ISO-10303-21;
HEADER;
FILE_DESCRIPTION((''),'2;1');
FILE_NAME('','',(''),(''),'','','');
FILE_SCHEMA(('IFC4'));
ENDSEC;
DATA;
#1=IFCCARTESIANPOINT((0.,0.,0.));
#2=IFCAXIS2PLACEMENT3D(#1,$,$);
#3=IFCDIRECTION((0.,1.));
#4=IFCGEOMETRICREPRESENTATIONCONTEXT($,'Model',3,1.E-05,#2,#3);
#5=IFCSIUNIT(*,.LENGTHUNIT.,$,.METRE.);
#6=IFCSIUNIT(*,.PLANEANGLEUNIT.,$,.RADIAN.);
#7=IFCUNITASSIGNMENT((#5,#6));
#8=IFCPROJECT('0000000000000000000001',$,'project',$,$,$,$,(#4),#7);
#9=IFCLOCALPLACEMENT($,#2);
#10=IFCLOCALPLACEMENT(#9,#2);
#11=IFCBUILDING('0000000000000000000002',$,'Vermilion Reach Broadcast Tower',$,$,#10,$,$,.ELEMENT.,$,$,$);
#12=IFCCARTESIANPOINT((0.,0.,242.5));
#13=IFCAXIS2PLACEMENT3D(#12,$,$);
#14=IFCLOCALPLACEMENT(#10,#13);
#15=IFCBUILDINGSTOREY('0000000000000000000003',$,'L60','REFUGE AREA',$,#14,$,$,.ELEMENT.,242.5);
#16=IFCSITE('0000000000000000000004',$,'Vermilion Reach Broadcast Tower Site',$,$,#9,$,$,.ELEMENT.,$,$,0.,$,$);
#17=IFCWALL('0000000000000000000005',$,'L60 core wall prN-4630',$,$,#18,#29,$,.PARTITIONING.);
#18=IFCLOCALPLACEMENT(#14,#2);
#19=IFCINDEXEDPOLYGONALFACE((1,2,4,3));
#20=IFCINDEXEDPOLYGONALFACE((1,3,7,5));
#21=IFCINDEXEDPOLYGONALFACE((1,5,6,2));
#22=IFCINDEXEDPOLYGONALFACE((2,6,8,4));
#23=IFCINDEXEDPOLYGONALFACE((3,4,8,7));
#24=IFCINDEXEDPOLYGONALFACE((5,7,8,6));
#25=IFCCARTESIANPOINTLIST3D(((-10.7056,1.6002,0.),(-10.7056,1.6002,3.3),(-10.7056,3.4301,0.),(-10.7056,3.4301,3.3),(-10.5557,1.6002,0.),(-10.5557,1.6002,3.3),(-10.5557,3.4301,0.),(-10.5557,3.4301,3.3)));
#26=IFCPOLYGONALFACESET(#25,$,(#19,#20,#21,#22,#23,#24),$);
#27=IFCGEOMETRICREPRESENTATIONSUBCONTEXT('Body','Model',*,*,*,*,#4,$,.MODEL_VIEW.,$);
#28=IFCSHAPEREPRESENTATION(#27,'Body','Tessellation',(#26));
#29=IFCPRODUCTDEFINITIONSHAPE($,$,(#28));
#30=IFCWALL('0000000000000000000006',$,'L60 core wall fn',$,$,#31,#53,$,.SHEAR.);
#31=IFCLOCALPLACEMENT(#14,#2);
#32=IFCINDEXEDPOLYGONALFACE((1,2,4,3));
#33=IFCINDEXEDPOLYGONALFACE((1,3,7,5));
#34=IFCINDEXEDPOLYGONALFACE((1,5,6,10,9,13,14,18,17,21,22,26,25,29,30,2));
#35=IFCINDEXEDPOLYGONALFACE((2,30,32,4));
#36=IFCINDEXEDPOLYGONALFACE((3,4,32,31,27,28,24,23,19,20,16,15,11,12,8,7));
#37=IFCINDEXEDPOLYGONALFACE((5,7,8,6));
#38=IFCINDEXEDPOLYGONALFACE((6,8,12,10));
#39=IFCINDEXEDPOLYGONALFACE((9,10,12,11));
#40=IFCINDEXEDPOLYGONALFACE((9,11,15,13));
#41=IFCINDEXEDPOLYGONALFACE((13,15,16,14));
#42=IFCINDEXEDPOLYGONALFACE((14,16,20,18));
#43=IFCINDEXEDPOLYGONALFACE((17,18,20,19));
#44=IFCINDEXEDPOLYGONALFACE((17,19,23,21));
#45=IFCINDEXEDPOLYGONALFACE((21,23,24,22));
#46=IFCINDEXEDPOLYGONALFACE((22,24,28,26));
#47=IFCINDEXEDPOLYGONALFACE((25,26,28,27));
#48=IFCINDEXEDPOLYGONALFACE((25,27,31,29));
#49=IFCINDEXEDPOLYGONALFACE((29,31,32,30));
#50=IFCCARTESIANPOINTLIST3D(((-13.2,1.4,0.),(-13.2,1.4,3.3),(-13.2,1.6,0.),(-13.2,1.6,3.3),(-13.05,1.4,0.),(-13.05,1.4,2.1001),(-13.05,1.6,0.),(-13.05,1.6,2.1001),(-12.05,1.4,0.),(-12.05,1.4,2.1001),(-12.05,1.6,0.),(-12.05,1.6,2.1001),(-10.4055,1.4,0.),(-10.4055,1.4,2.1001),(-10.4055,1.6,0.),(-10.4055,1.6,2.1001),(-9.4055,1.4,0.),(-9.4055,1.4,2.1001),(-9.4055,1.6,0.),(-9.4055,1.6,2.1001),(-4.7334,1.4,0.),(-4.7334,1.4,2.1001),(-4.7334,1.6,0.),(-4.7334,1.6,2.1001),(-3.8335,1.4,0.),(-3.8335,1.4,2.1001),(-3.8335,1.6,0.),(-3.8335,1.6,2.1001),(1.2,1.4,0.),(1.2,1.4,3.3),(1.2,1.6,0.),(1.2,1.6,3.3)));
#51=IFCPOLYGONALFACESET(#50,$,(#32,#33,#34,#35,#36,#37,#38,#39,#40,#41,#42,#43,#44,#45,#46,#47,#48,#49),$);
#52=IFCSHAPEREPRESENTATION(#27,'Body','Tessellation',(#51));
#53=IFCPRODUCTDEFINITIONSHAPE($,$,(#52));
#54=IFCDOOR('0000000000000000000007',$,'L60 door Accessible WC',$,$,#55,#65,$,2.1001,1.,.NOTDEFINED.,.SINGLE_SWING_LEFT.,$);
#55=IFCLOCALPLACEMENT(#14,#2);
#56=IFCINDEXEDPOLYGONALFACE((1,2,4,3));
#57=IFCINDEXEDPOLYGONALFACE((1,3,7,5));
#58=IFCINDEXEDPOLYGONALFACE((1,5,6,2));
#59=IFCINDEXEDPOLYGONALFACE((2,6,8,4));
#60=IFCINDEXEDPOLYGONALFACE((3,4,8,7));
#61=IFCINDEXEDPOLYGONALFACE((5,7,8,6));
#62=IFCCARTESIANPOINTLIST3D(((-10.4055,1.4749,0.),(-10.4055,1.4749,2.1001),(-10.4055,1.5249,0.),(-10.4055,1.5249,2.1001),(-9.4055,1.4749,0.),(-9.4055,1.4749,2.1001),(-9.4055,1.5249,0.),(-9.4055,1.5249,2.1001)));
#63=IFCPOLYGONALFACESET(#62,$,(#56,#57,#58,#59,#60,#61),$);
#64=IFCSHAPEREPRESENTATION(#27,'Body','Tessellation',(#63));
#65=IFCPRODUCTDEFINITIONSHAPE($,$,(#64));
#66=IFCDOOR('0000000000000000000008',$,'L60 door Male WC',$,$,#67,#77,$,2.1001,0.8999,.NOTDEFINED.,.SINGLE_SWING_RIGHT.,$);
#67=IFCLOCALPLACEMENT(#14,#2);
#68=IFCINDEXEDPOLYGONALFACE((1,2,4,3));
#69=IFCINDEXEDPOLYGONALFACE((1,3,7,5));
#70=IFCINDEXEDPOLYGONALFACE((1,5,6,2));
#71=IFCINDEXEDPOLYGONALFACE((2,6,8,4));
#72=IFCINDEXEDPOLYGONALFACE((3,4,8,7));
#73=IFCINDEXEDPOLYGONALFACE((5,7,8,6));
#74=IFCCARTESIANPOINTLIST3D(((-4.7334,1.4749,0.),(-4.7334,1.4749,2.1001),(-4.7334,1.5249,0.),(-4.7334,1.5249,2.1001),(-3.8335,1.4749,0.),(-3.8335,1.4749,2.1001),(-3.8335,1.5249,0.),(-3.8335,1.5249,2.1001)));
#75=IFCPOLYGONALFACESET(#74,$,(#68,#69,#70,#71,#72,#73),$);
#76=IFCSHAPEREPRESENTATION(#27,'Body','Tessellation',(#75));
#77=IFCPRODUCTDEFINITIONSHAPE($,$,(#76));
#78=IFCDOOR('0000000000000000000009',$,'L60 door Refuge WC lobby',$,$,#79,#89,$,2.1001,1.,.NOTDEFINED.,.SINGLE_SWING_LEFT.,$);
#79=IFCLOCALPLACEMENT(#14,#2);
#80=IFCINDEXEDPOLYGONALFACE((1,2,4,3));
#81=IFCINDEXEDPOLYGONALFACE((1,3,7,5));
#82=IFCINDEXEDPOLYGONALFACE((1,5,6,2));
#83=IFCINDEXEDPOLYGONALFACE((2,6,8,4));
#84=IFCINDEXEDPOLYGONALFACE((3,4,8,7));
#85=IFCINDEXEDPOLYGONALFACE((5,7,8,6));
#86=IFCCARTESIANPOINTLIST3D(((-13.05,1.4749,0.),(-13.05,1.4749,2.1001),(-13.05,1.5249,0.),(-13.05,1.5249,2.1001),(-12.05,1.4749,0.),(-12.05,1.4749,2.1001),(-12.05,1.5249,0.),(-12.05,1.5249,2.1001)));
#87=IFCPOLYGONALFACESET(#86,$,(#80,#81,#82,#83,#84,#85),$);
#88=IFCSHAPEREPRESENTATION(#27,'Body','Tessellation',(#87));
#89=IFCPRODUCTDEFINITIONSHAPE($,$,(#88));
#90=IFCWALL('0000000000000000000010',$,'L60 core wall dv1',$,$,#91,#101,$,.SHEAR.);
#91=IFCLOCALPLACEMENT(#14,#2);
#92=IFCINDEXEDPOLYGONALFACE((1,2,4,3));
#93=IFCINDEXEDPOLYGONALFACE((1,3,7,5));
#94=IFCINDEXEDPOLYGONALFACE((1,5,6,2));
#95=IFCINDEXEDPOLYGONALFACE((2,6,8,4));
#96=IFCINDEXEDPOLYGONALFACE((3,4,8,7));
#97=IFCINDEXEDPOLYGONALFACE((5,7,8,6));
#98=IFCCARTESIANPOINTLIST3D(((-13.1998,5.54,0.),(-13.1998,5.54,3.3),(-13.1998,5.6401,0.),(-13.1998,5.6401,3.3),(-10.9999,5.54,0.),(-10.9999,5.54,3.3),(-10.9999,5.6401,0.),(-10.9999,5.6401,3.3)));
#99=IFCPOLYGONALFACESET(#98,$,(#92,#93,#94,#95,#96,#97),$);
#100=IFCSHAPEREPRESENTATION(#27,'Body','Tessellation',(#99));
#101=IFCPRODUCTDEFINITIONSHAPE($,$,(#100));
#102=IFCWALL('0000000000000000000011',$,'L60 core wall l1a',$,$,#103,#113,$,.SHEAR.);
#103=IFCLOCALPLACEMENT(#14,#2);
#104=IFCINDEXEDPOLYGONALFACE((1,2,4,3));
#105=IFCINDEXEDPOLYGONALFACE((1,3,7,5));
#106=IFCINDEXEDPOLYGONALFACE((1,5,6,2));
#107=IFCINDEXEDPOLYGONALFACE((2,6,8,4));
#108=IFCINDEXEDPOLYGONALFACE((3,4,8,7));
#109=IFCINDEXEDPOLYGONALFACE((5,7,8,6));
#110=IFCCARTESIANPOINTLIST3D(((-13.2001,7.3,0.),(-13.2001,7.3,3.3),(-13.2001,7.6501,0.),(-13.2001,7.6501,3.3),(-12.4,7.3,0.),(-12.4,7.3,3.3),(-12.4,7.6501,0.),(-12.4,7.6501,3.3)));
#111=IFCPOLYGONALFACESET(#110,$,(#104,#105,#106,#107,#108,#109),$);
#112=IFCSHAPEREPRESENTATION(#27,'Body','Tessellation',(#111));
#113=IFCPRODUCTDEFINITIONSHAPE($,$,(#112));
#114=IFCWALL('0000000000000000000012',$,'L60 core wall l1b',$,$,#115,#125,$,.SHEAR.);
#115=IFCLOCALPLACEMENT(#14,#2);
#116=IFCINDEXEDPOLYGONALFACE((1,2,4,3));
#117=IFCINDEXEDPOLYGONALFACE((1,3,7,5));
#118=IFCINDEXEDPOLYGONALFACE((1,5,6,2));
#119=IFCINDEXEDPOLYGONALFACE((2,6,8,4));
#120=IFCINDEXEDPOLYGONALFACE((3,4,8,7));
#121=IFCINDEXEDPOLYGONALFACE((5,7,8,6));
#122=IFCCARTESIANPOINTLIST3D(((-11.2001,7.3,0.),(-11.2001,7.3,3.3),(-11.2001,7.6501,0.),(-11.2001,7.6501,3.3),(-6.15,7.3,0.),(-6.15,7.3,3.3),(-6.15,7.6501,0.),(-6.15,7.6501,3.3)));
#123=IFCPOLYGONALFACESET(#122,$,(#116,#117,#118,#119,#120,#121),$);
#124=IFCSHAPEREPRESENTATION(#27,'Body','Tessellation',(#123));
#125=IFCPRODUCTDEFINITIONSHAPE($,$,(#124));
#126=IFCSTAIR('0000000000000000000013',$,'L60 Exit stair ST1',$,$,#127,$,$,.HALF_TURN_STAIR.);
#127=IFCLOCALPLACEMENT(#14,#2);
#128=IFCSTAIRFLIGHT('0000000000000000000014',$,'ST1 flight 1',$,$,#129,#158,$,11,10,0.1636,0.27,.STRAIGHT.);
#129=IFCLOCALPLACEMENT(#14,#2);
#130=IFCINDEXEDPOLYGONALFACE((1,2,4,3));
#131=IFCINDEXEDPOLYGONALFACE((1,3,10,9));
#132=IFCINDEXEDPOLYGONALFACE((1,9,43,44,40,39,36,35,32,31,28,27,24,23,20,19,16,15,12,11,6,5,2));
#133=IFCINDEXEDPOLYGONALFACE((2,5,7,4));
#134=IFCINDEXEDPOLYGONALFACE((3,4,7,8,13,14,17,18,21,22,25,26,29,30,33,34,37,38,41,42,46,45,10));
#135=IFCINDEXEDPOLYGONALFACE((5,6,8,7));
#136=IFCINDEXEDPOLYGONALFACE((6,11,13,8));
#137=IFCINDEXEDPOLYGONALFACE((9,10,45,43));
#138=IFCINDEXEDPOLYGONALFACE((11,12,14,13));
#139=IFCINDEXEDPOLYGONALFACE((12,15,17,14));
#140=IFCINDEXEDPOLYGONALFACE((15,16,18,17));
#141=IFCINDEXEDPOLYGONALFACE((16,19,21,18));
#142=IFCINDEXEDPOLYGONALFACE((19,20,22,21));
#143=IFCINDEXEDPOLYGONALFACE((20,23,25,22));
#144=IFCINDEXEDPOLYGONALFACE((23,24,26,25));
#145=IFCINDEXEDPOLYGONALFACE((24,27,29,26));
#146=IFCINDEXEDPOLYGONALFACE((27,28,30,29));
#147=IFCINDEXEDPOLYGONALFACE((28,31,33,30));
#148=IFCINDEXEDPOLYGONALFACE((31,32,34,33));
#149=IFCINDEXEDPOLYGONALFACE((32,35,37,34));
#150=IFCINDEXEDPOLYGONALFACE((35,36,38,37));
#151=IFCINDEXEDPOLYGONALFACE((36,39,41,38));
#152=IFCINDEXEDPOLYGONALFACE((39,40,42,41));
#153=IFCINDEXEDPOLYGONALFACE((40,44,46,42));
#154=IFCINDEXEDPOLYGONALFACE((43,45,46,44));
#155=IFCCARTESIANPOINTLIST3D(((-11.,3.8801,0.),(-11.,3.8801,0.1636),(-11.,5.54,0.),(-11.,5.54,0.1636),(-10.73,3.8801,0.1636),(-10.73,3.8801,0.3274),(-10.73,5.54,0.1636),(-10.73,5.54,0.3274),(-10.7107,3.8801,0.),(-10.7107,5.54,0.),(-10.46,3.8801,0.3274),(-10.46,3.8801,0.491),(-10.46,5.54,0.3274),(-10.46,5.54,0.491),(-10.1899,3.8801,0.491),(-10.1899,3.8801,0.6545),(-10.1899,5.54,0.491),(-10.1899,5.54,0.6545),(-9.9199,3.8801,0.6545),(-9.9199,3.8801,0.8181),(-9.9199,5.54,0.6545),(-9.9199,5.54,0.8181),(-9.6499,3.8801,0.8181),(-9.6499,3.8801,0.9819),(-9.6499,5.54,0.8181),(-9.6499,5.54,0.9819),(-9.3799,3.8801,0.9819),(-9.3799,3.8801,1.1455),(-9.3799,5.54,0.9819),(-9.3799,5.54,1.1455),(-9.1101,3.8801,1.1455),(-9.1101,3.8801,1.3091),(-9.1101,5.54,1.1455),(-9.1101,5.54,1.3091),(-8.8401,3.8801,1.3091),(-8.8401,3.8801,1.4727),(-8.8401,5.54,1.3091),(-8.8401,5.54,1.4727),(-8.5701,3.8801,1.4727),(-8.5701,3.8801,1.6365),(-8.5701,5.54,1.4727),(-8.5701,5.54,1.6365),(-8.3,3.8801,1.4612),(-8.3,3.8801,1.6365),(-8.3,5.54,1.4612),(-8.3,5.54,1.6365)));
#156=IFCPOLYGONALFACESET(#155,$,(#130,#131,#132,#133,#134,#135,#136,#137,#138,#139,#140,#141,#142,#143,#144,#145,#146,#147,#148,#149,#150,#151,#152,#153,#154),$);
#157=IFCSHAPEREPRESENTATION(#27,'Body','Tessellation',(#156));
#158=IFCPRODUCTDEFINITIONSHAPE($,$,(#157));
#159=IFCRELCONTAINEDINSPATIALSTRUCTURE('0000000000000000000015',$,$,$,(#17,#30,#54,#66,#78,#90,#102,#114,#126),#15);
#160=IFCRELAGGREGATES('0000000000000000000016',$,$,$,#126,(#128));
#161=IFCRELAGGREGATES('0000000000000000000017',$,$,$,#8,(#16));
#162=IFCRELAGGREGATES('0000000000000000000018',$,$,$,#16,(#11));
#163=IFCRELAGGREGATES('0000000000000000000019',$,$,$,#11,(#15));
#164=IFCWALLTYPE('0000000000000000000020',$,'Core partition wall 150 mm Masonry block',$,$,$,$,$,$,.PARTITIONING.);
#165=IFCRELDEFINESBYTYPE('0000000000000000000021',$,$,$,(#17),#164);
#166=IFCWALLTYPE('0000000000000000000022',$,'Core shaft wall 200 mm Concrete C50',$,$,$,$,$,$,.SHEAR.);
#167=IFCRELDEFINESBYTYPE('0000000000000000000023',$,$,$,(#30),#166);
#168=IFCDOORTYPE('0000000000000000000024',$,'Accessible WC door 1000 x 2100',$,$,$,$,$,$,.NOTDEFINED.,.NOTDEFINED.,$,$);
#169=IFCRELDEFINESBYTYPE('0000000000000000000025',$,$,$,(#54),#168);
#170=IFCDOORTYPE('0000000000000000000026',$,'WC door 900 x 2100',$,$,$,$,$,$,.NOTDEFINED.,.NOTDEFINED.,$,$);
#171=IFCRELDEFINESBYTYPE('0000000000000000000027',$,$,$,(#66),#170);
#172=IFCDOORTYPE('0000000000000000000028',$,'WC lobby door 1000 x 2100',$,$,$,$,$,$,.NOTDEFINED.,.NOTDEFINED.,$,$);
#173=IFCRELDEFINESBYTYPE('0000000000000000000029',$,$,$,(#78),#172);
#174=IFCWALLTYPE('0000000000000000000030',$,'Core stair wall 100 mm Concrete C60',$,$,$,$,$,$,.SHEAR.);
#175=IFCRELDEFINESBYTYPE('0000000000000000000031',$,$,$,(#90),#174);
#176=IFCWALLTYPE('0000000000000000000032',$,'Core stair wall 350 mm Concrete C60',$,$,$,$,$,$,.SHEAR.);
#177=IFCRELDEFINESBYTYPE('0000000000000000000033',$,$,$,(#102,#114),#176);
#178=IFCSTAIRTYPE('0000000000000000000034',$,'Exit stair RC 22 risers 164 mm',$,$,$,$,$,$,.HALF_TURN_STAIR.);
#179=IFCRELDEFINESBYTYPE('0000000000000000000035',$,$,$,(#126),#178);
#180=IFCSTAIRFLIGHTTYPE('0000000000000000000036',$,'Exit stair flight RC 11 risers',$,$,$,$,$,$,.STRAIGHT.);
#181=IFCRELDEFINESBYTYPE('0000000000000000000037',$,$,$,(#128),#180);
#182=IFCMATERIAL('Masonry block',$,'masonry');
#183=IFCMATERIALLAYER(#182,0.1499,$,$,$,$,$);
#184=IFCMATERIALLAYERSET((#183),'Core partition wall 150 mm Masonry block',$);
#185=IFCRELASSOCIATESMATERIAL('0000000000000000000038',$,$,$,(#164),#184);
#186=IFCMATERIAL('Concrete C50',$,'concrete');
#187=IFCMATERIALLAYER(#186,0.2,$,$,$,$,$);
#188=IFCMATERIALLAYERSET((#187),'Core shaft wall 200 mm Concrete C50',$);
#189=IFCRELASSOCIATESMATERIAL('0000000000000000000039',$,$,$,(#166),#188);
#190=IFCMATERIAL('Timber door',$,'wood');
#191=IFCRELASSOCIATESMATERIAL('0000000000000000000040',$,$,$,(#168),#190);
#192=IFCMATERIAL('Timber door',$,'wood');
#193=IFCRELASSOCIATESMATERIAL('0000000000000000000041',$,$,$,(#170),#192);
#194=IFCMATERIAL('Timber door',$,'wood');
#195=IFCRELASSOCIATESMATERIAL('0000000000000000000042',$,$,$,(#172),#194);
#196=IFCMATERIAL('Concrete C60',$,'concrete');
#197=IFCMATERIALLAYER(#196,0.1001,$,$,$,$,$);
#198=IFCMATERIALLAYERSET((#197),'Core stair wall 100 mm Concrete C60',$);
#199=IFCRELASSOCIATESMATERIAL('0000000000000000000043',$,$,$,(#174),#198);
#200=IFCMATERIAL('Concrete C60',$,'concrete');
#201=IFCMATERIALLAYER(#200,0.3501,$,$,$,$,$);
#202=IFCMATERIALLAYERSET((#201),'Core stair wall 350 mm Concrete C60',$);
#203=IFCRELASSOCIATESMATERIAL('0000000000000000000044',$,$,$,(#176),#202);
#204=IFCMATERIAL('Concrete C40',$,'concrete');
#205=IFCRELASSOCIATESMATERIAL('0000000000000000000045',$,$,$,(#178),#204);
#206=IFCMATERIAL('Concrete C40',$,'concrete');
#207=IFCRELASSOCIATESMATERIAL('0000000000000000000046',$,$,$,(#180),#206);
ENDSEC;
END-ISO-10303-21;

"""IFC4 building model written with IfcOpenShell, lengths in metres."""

from ifc_helpers import new_model, si_unit, direction, frame, frame_2d, origin, place, context, subcontext, project, spatial, polyline, rectangle, outline, extrude, material, layer, layer_set, type_object, element, fill, aggregate, save


model = new_model("IFC4")

# Units and contexts
model_context = context("Model", 3, precision=1e-05, world=origin(), true_north=direction((0.0, 1.0)))
body_context = subcontext(model_context, "Body", "Model", "MODEL_VIEW")
ifc_project = project(units=[si_unit("LENGTHUNIT", "METRE"), si_unit("PLANEANGLEUNIT", "RADIAN")], contexts=[model_context])

# Site, building, storey
site_placement = place(None, origin())
site = spatial("IfcSite", under=ifc_project, at=site_placement, Name="Vermilion Reach Broadcast Tower Site", CompositionType="ELEMENT", RefElevation=0.0)
building_placement = place(site_placement, origin())
building = spatial("IfcBuilding", under=site, at=building_placement, Name="Vermilion Reach Broadcast Tower", CompositionType="ELEMENT")
storey_placement = place(building_placement, frame((0.0, 0.0, 242.5)))
storey = spatial("IfcBuildingStorey", under=building, at=storey_placement, Name="L60", Description="REFUGE AREA", CompositionType="ELEMENT", Elevation=242.5)

# Wall
ifc_material_1 = material(Name="Masonry block", Category="masonry")
ifc_layer_1 = layer(ifc_material_1, 0.1499)
ifc_layer_set_1 = layer_set([ifc_layer_1], Name="Core partition wall 150 mm Masonry block")
wall_type_1 = type_object("IfcWallType", Name="Core partition wall 150 mm Masonry block", PredefinedType="PARTITIONING", material=ifc_layer_set_1)
wall_1_placement = place(storey_placement, frame((-10.6306, 1.6001, 0.0), z_axis=(0.0, 0.0, 1.0), x_axis=(0.0, 1.0, 0.0)))
element("IfcWall", 1, at=wall_1_placement, inside=storey, type_object=wall_type_1, Name="L60 core wall prN-4630", PredefinedType="PARTITIONING", context=body_context, shape_type="SweptSolid", body=[
    extrude(rectangle(XDim=1.8298, YDim=0.1499, at=frame_2d((0.915, 0.0))), origin(), (0.0, 0.0, 1.0), 3.3),
])

# Wall, openings, doors
ifc_material_2 = material(Name="Concrete C50", Category="concrete")
ifc_layer_2 = layer(ifc_material_2, 0.2)
ifc_layer_set_2 = layer_set([ifc_layer_2], Name="Core shaft wall 200 mm Concrete C50")
wall_type_2 = type_object("IfcWallType", Name="Core shaft wall 200 mm Concrete C50", PredefinedType="SHEAR", material=ifc_layer_set_2)
wall_2_placement = place(storey_placement, frame((-13.2, 1.5, 0.0), z_axis=(0.0, 0.0, 1.0), x_axis=(1.0, 0.0, 0.0)))
wall_2 = element("IfcWall", 2, at=wall_2_placement, inside=storey, type_object=wall_type_2, Name="L60 core wall fn", PredefinedType="SHEAR", context=body_context, shape_type="SweptSolid", body=[
    extrude(rectangle(XDim=14.3999, YDim=0.2, at=frame_2d((7.2, 0.0))), origin(), (0.0, 0.0, 1.0), 3.3),
])
opening_1_placement = place(wall_2_placement, frame((0.1499, 0.0, 0.0)))
opening_1 = element("IfcOpeningElement", 3, at=opening_1_placement, cuts=wall_2, PredefinedType="OPENING", context=body_context, shape_type="SweptSolid", body=[
    extrude(rectangle(XDim=1.0, YDim=2.1001, at=frame_2d((0.5, 1.05))), frame((0.0, 0.1099, 0.0), z_axis=(0.0, -1.0, 0.0), x_axis=(1.0, 0.0, 0.0)), (0.0, 0.0, 1.0), 0.22),
])
opening_2_placement = place(wall_2_placement, frame((2.7944, 0.0, 0.0)))
opening_2 = element("IfcOpeningElement", 4, at=opening_2_placement, cuts=wall_2, PredefinedType="OPENING", context=body_context, shape_type="SweptSolid", body=[
    extrude(rectangle(XDim=1.0, YDim=2.1001, at=frame_2d((0.5, 1.05))), frame((0.0, 0.1099, 0.0), z_axis=(0.0, -1.0, 0.0), x_axis=(1.0, 0.0, 0.0)), (0.0, 0.0, 1.0), 0.22),
])
opening_3_placement = place(wall_2_placement, frame((8.4666, 0.0, 0.0)))
opening_3 = element("IfcOpeningElement", 5, at=opening_3_placement, cuts=wall_2, PredefinedType="OPENING", context=body_context, shape_type="SweptSolid", body=[
    extrude(rectangle(XDim=0.8999, YDim=2.1001, at=frame_2d((0.45, 1.05))), frame((0.0, 0.1099, 0.0), z_axis=(0.0, -1.0, 0.0), x_axis=(1.0, 0.0, 0.0)), (0.0, 0.0, 1.0), 0.22),
])
ifc_material_3 = material(Name="Timber door", Category="wood")
door_type_1 = type_object("IfcDoorType", Name="Accessible WC door 1000 x 2100", OperationType="NOTDEFINED", PredefinedType="NOTDEFINED", material=ifc_material_3)
door_1_placement = place(opening_2_placement, origin())
door_1 = element("IfcDoor", 6, at=door_1_placement, inside=storey, type_object=door_type_1, Name="L60 door Accessible WC", OperationType="SINGLE_SWING_LEFT", OverallHeight=2.1001, OverallWidth=1.0, PredefinedType="NOTDEFINED", context=body_context, shape_type="SweptSolid", body=[
    extrude(rectangle(XDim=1.0, YDim=2.1001, at=frame_2d((0.5, 1.05))), frame((0.0, 0.0249, 0.0), z_axis=(0.0, -1.0, 0.0), x_axis=(1.0, 0.0, 0.0)), (0.0, 0.0, 1.0), 0.05),
])
fill(opening_2, door_1)
ifc_material_4 = material(Name="Timber door", Category="wood")
door_type_2 = type_object("IfcDoorType", Name="WC door 900 x 2100", OperationType="NOTDEFINED", PredefinedType="NOTDEFINED", material=ifc_material_4)
door_2_placement = place(opening_3_placement, origin())
door_2 = element("IfcDoor", 7, at=door_2_placement, inside=storey, type_object=door_type_2, Name="L60 door Male WC", OperationType="SINGLE_SWING_RIGHT", OverallHeight=2.1001, OverallWidth=0.8999, PredefinedType="NOTDEFINED", context=body_context, shape_type="SweptSolid", body=[
    extrude(rectangle(XDim=0.8999, YDim=2.1001, at=frame_2d((0.45, 1.05))), frame((0.0, 0.0249, 0.0), z_axis=(0.0, -1.0, 0.0), x_axis=(1.0, 0.0, 0.0)), (0.0, 0.0, 1.0), 0.05),
])
fill(opening_3, door_2)
ifc_material_5 = material(Name="Timber door", Category="wood")
door_type_3 = type_object("IfcDoorType", Name="WC lobby door 1000 x 2100", OperationType="NOTDEFINED", PredefinedType="NOTDEFINED", material=ifc_material_5)
door_3_placement = place(opening_1_placement, origin())
door_3 = element("IfcDoor", 8, at=door_3_placement, inside=storey, type_object=door_type_3, Name="L60 door Refuge WC lobby", OperationType="SINGLE_SWING_LEFT", OverallHeight=2.1001, OverallWidth=1.0, PredefinedType="NOTDEFINED", context=body_context, shape_type="SweptSolid", body=[
    extrude(rectangle(XDim=1.0, YDim=2.1001, at=frame_2d((0.5, 1.05))), frame((0.0, 0.0249, 0.0), z_axis=(0.0, -1.0, 0.0), x_axis=(1.0, 0.0, 0.0)), (0.0, 0.0, 1.0), 0.05),
])
fill(opening_1, door_3)

# Walls
ifc_material_6 = material(Name="Concrete C60", Category="concrete")
ifc_layer_3 = layer(ifc_material_6, 0.1001)
ifc_layer_set_3 = layer_set([ifc_layer_3], Name="Core stair wall 100 mm Concrete C60")
wall_type_3 = type_object("IfcWallType", Name="Core stair wall 100 mm Concrete C60", PredefinedType="SHEAR", material=ifc_layer_set_3)
wall_3_placement = place(storey_placement, frame((-13.2, 5.5901, 0.0), z_axis=(0.0, 0.0, 1.0), x_axis=(1.0, 0.0, 0.0)))
element("IfcWall", 9, at=wall_3_placement, inside=storey, type_object=wall_type_3, Name="L60 core wall dv1", PredefinedType="SHEAR", context=body_context, shape_type="SweptSolid", body=[
    extrude(rectangle(XDim=2.2, YDim=0.1001, at=frame_2d((1.1001, 0.0))), origin(), (0.0, 0.0, 1.0), 3.3),
])
ifc_material_7 = material(Name="Concrete C60", Category="concrete")
ifc_layer_4 = layer(ifc_material_7, 0.3501)
ifc_layer_set_4 = layer_set([ifc_layer_4], Name="Core stair wall 350 mm Concrete C60")
wall_type_4 = type_object("IfcWallType", Name="Core stair wall 350 mm Concrete C60", PredefinedType="SHEAR", material=ifc_layer_set_4)
wall_4_placement = place(storey_placement, frame((-13.2, 7.4751, 0.0), z_axis=(0.0, 0.0, 1.0), x_axis=(1.0, 0.0, 0.0)))
element("IfcWall", 10, at=wall_4_placement, inside=storey, type_object=wall_type_4, Name="L60 core wall l1a", PredefinedType="SHEAR", context=body_context, shape_type="SweptSolid", body=[
    extrude(rectangle(XDim=0.8, YDim=0.3501, at=frame_2d((0.3999, 0.0))), origin(), (0.0, 0.0, 1.0), 3.3),
])
wall_5_placement = place(storey_placement, frame((-11.2, 7.4751, 0.0), z_axis=(0.0, 0.0, 1.0), x_axis=(1.0, 0.0, 0.0)))
element("IfcWall", 11, at=wall_5_placement, inside=storey, type_object=wall_type_4, Name="L60 core wall l1b", PredefinedType="SHEAR", context=body_context, shape_type="SweptSolid", body=[
    extrude(rectangle(XDim=5.05, YDim=0.3501, at=frame_2d((2.5249, 0.0))), origin(), (0.0, 0.0, 1.0), 3.3),
])

# Stair, stair flight
ifc_material_8 = material(Name="Concrete C40", Category="concrete")
stair_type = type_object("IfcStairType", Name="Exit stair RC 22 risers 164 mm", PredefinedType="HALF_TURN_STAIR", material=ifc_material_8)
stair_placement = place(storey_placement, origin())
stair = element("IfcStair", 12, at=stair_placement, inside=storey, type_object=stair_type, Name="L60 Exit stair ST1", PredefinedType="HALF_TURN_STAIR")
ifc_material_9 = material(Name="Concrete C40", Category="concrete")
stair_flight_type = type_object("IfcStairFlightType", Name="Exit stair flight RC 11 risers", PredefinedType="STRAIGHT", material=ifc_material_9)
stair_flight_placement = place(storey_placement, frame((-11.0, 4.71, 0.0), z_axis=(0.0, 0.0, 1.0), x_axis=(1.0, 0.0, 0.0)))
stair_flight = element("IfcStairFlight", 13, at=stair_flight_placement, type_object=stair_flight_type, Name="ST1 flight 1", NumberOfRisers=11, NumberOfTreads=10, PredefinedType="STRAIGHT", RiserHeight=0.1636, TreadLength=0.27, context=body_context, shape_type="SweptSolid", body=[
    extrude(outline(polyline([(0.0, 0.0), (0.0, 0.1636), (0.27, 0.1636), (0.27, 0.3274), (0.54, 0.3274), (0.54, 0.491), (0.8101, 0.491), (0.8101, 0.6545), (1.0801, 0.6545), (1.0801, 0.8181), (1.3501, 0.8181), (1.3501, 0.9819), (1.6201, 0.9819), (1.6201, 1.1455), (1.8899, 1.1455), (1.8899, 1.3091), (2.1599, 1.3091), (2.1599, 1.4727), (2.4299, 1.4727), (2.4299, 1.6365), (2.7, 1.6365), (2.7, 1.8), (2.7, 1.4612), (0.2893, 0.0), (0.0, 0.0)])), frame((0.0, 0.8301, 0.0), z_axis=(0.0, -1.0, 0.0), x_axis=(1.0, 0.0, 0.0)), (0.0, 0.0, 1.0), 1.6599),
])
aggregate(stair, [stair_flight])

save(model, "model.ifc")
